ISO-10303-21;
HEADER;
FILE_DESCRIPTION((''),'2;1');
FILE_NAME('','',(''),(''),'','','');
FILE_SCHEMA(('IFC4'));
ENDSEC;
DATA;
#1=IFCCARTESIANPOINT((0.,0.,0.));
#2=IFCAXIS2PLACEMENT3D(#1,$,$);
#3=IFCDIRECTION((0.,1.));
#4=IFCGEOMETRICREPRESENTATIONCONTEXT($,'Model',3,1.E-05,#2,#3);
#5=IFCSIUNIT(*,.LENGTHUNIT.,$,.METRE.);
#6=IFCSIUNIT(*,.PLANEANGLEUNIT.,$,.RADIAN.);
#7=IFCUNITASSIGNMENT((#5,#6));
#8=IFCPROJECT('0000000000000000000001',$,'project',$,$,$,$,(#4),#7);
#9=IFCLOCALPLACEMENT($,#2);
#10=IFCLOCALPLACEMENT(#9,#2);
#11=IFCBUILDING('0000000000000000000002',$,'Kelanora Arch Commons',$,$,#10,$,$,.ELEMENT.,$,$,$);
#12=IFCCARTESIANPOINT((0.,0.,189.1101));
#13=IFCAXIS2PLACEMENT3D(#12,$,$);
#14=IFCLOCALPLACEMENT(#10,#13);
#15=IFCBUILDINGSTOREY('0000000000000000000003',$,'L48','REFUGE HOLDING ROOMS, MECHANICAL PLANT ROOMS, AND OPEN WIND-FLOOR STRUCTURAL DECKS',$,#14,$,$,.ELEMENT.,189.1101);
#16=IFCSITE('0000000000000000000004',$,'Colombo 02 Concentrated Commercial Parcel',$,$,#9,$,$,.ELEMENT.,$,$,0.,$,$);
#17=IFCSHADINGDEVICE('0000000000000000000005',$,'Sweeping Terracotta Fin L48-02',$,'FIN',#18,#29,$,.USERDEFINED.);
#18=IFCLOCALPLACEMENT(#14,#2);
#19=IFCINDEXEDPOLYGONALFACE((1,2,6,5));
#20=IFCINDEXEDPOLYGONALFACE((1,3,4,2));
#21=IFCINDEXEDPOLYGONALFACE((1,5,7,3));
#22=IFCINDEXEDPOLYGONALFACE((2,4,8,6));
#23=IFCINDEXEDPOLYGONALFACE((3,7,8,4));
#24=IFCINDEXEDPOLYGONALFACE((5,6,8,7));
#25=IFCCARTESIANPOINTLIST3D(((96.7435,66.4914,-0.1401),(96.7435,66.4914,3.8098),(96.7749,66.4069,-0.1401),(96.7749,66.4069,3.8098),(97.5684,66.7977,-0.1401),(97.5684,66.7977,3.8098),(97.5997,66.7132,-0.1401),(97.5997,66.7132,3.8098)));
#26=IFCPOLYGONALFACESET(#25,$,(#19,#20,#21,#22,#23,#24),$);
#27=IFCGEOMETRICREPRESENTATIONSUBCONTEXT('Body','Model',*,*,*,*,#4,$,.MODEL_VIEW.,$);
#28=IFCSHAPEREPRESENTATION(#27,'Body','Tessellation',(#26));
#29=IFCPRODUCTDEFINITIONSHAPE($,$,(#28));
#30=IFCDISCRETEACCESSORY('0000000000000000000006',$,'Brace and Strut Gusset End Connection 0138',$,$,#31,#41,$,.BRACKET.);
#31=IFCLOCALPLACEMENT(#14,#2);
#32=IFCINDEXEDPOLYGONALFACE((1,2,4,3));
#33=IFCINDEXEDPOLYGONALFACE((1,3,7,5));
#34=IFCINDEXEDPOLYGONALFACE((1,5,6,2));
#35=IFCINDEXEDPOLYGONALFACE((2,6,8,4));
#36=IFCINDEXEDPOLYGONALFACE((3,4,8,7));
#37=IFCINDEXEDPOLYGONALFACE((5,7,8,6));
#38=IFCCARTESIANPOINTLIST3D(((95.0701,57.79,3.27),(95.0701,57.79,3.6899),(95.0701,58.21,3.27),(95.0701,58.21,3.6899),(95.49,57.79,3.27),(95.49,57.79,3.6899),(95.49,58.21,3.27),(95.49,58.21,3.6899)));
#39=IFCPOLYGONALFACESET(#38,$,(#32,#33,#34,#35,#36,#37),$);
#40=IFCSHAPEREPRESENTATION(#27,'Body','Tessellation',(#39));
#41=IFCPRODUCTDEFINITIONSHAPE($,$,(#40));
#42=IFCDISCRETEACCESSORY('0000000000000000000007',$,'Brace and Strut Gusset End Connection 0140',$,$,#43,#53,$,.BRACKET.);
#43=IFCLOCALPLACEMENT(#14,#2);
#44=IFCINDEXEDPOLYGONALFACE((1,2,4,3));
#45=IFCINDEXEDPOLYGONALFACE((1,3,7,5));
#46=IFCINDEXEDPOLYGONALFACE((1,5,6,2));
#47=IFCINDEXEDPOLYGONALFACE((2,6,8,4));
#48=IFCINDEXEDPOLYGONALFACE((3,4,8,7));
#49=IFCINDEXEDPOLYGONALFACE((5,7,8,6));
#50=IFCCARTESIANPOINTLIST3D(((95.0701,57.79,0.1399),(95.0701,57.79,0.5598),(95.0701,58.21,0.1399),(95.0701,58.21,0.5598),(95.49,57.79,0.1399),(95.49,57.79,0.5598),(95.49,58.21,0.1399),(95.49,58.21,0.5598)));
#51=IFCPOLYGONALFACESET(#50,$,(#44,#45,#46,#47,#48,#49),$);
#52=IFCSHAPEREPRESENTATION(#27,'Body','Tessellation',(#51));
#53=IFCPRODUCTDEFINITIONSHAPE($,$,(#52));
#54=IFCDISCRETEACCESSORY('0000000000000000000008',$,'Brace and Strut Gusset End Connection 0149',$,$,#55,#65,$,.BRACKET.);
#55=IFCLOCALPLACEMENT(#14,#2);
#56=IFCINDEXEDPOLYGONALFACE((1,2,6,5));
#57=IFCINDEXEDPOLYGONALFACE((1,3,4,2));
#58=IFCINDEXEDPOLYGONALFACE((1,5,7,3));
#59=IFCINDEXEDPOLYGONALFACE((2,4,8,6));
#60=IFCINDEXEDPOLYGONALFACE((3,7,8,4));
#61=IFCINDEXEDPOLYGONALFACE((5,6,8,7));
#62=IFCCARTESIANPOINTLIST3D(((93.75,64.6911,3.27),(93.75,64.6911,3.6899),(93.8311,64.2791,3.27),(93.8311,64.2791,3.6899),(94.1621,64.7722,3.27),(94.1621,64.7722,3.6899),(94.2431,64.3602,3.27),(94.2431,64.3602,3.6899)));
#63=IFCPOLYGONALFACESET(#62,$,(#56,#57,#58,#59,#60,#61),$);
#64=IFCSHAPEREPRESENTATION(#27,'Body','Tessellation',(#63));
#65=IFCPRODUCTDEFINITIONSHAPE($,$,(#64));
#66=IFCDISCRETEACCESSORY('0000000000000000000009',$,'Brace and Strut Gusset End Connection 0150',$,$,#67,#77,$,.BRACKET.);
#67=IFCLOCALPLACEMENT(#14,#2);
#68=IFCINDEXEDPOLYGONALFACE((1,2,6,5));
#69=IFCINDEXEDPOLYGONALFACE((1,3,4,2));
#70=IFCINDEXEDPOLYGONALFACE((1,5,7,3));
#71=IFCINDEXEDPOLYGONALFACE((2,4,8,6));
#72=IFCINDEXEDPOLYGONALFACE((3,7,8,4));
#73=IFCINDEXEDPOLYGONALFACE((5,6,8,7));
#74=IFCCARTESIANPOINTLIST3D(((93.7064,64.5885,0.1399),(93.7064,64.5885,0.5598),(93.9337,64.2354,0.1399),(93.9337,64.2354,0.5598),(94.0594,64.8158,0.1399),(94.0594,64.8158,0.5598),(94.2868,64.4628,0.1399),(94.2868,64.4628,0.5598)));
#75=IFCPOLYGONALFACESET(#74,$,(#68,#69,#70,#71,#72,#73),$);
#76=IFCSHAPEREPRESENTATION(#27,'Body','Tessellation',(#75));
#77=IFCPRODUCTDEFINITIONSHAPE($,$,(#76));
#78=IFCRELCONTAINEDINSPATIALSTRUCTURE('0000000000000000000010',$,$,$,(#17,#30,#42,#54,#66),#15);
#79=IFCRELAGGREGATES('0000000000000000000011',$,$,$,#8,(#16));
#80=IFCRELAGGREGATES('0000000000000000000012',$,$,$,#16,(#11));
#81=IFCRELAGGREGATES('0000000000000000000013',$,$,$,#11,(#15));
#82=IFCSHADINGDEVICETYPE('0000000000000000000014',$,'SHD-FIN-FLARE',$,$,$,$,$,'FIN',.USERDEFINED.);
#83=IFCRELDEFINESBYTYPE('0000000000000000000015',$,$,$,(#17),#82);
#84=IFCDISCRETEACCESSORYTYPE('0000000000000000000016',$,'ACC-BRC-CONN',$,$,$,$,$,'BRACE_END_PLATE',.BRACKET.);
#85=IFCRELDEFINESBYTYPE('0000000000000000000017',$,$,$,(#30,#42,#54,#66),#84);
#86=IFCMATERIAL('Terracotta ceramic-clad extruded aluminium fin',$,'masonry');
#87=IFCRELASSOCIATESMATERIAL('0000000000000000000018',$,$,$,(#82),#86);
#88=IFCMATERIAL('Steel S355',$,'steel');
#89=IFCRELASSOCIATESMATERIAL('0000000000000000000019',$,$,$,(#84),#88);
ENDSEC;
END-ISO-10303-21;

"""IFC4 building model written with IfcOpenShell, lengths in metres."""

from ifc_helpers import new_model, si_unit, direction, frame, origin, origin_2d, place, context, subcontext, project, spatial, rectangle, extrude, source, transform, mapped, material, type_object, element, save


model = new_model("IFC4")

# Units and contexts
model_context = context("Model", 3, precision=1e-05, world=origin(), true_north=direction((0.0, 1.0)))
body_context = subcontext(model_context, "Body", "Model", "MODEL_VIEW")
ifc_project = project(units=[si_unit("LENGTHUNIT", "METRE"), si_unit("PLANEANGLEUNIT", "RADIAN")], contexts=[model_context])

# Site, building, storey
site_placement = place(None, origin())
site = spatial("IfcSite", under=ifc_project, at=site_placement, Name="Colombo 02 Concentrated Commercial Parcel", CompositionType="ELEMENT", RefElevation=0.0)
building_placement = place(site_placement, origin())
building = spatial("IfcBuilding", under=site, at=building_placement, Name="Kelanora Arch Commons", CompositionType="ELEMENT")
storey_placement = place(building_placement, frame((0.0, 0.0, 189.1101)))
storey = spatial("IfcBuildingStorey", under=building, at=storey_placement, Name="L48", Description="REFUGE HOLDING ROOMS, MECHANICAL PLANT ROOMS, AND OPEN WIND-FLOOR STRUCTURAL DECKS", CompositionType="ELEMENT", Elevation=189.1101)

# Shared definitions
ifc_material_1 = material(Name="Steel S355", Category="steel")

# Shading device
ifc_material_2 = material(Name="Terracotta ceramic-clad extruded aluminium fin", Category="masonry")
shading_device_type = type_object("IfcShadingDeviceType", Name="SHD-FIN-FLARE", ElementType="FIN", PredefinedType="USERDEFINED", material=ifc_material_2)
shared_shape_1 = source(origin(), body_context, "Body", "SweptSolid", [
    extrude(rectangle(XDim=0.8799, YDim=0.0901, at=origin_2d()), origin(), (0.0, 0.0, 1.0), 3.95),
])
shading_device_placement = place(storey_placement, frame((97.1716, 66.6023, -0.1401), z_axis=(0.0, 0.0, 1.0), x_axis=(0.937464, 0.348081, 0.0)))
element("IfcShadingDevice", 1, at=shading_device_placement, inside=storey, type_object=shading_device_type, Name="Sweeping Terracotta Fin L48-02", ObjectType="FIN", PredefinedType="USERDEFINED", context=body_context, shape_type="MappedRepresentation", body=[
    mapped(shared_shape_1, transform((0.0, 0.0, 0.0), scale=1.0)),
])

# Discrete accessories
discrete_accessory_type = type_object("IfcDiscreteAccessoryType", Name="ACC-BRC-CONN", ElementType="BRACE_END_PLATE", PredefinedType="BRACKET", material=ifc_material_1)
shared_shape_2 = source(origin(), body_context, "Body", "SweptSolid", [
    extrude(rectangle(XDim=0.4199, YDim=0.4199, at=origin_2d()), origin(), (0.0, 0.0, 1.0), 0.4199),
])
for number, where, z_axis, x_axis, name in (
    (2, (95.28, 58.0, 3.27), (0.0, 0.0, 1.0), (1.0, 0.0, 0.0), "Brace and Strut Gusset End Connection 0138"),
    (3, (95.28, 58.0, 0.1399), (0.0, 0.0, 1.0), (1.0, 0.0, 0.0), "Brace and Strut Gusset End Connection 0140"),
    (4, (93.9966, 64.5256, 3.27), (0.0, 0.0, 1.0), (-0.193036, 0.981192, 0.0), "Brace and Strut Gusset End Connection 0149"),
    (5, (93.9966, 64.5256, 0.1399), (0.0, 0.0, 1.0), (-0.541415, 0.840756, 0.0), "Brace and Strut Gusset End Connection 0150"),
):
    element("IfcDiscreteAccessory", number, at=place(storey_placement, frame(where, z_axis=z_axis, x_axis=x_axis)), inside=storey, type_object=discrete_accessory_type, Name=name, PredefinedType="BRACKET", context=body_context, shape_type="MappedRepresentation", body=[
        mapped(shared_shape_2, transform((0.0, 0.0, 0.0), scale=1.0)),
    ])

save(model, "model.ifc")
